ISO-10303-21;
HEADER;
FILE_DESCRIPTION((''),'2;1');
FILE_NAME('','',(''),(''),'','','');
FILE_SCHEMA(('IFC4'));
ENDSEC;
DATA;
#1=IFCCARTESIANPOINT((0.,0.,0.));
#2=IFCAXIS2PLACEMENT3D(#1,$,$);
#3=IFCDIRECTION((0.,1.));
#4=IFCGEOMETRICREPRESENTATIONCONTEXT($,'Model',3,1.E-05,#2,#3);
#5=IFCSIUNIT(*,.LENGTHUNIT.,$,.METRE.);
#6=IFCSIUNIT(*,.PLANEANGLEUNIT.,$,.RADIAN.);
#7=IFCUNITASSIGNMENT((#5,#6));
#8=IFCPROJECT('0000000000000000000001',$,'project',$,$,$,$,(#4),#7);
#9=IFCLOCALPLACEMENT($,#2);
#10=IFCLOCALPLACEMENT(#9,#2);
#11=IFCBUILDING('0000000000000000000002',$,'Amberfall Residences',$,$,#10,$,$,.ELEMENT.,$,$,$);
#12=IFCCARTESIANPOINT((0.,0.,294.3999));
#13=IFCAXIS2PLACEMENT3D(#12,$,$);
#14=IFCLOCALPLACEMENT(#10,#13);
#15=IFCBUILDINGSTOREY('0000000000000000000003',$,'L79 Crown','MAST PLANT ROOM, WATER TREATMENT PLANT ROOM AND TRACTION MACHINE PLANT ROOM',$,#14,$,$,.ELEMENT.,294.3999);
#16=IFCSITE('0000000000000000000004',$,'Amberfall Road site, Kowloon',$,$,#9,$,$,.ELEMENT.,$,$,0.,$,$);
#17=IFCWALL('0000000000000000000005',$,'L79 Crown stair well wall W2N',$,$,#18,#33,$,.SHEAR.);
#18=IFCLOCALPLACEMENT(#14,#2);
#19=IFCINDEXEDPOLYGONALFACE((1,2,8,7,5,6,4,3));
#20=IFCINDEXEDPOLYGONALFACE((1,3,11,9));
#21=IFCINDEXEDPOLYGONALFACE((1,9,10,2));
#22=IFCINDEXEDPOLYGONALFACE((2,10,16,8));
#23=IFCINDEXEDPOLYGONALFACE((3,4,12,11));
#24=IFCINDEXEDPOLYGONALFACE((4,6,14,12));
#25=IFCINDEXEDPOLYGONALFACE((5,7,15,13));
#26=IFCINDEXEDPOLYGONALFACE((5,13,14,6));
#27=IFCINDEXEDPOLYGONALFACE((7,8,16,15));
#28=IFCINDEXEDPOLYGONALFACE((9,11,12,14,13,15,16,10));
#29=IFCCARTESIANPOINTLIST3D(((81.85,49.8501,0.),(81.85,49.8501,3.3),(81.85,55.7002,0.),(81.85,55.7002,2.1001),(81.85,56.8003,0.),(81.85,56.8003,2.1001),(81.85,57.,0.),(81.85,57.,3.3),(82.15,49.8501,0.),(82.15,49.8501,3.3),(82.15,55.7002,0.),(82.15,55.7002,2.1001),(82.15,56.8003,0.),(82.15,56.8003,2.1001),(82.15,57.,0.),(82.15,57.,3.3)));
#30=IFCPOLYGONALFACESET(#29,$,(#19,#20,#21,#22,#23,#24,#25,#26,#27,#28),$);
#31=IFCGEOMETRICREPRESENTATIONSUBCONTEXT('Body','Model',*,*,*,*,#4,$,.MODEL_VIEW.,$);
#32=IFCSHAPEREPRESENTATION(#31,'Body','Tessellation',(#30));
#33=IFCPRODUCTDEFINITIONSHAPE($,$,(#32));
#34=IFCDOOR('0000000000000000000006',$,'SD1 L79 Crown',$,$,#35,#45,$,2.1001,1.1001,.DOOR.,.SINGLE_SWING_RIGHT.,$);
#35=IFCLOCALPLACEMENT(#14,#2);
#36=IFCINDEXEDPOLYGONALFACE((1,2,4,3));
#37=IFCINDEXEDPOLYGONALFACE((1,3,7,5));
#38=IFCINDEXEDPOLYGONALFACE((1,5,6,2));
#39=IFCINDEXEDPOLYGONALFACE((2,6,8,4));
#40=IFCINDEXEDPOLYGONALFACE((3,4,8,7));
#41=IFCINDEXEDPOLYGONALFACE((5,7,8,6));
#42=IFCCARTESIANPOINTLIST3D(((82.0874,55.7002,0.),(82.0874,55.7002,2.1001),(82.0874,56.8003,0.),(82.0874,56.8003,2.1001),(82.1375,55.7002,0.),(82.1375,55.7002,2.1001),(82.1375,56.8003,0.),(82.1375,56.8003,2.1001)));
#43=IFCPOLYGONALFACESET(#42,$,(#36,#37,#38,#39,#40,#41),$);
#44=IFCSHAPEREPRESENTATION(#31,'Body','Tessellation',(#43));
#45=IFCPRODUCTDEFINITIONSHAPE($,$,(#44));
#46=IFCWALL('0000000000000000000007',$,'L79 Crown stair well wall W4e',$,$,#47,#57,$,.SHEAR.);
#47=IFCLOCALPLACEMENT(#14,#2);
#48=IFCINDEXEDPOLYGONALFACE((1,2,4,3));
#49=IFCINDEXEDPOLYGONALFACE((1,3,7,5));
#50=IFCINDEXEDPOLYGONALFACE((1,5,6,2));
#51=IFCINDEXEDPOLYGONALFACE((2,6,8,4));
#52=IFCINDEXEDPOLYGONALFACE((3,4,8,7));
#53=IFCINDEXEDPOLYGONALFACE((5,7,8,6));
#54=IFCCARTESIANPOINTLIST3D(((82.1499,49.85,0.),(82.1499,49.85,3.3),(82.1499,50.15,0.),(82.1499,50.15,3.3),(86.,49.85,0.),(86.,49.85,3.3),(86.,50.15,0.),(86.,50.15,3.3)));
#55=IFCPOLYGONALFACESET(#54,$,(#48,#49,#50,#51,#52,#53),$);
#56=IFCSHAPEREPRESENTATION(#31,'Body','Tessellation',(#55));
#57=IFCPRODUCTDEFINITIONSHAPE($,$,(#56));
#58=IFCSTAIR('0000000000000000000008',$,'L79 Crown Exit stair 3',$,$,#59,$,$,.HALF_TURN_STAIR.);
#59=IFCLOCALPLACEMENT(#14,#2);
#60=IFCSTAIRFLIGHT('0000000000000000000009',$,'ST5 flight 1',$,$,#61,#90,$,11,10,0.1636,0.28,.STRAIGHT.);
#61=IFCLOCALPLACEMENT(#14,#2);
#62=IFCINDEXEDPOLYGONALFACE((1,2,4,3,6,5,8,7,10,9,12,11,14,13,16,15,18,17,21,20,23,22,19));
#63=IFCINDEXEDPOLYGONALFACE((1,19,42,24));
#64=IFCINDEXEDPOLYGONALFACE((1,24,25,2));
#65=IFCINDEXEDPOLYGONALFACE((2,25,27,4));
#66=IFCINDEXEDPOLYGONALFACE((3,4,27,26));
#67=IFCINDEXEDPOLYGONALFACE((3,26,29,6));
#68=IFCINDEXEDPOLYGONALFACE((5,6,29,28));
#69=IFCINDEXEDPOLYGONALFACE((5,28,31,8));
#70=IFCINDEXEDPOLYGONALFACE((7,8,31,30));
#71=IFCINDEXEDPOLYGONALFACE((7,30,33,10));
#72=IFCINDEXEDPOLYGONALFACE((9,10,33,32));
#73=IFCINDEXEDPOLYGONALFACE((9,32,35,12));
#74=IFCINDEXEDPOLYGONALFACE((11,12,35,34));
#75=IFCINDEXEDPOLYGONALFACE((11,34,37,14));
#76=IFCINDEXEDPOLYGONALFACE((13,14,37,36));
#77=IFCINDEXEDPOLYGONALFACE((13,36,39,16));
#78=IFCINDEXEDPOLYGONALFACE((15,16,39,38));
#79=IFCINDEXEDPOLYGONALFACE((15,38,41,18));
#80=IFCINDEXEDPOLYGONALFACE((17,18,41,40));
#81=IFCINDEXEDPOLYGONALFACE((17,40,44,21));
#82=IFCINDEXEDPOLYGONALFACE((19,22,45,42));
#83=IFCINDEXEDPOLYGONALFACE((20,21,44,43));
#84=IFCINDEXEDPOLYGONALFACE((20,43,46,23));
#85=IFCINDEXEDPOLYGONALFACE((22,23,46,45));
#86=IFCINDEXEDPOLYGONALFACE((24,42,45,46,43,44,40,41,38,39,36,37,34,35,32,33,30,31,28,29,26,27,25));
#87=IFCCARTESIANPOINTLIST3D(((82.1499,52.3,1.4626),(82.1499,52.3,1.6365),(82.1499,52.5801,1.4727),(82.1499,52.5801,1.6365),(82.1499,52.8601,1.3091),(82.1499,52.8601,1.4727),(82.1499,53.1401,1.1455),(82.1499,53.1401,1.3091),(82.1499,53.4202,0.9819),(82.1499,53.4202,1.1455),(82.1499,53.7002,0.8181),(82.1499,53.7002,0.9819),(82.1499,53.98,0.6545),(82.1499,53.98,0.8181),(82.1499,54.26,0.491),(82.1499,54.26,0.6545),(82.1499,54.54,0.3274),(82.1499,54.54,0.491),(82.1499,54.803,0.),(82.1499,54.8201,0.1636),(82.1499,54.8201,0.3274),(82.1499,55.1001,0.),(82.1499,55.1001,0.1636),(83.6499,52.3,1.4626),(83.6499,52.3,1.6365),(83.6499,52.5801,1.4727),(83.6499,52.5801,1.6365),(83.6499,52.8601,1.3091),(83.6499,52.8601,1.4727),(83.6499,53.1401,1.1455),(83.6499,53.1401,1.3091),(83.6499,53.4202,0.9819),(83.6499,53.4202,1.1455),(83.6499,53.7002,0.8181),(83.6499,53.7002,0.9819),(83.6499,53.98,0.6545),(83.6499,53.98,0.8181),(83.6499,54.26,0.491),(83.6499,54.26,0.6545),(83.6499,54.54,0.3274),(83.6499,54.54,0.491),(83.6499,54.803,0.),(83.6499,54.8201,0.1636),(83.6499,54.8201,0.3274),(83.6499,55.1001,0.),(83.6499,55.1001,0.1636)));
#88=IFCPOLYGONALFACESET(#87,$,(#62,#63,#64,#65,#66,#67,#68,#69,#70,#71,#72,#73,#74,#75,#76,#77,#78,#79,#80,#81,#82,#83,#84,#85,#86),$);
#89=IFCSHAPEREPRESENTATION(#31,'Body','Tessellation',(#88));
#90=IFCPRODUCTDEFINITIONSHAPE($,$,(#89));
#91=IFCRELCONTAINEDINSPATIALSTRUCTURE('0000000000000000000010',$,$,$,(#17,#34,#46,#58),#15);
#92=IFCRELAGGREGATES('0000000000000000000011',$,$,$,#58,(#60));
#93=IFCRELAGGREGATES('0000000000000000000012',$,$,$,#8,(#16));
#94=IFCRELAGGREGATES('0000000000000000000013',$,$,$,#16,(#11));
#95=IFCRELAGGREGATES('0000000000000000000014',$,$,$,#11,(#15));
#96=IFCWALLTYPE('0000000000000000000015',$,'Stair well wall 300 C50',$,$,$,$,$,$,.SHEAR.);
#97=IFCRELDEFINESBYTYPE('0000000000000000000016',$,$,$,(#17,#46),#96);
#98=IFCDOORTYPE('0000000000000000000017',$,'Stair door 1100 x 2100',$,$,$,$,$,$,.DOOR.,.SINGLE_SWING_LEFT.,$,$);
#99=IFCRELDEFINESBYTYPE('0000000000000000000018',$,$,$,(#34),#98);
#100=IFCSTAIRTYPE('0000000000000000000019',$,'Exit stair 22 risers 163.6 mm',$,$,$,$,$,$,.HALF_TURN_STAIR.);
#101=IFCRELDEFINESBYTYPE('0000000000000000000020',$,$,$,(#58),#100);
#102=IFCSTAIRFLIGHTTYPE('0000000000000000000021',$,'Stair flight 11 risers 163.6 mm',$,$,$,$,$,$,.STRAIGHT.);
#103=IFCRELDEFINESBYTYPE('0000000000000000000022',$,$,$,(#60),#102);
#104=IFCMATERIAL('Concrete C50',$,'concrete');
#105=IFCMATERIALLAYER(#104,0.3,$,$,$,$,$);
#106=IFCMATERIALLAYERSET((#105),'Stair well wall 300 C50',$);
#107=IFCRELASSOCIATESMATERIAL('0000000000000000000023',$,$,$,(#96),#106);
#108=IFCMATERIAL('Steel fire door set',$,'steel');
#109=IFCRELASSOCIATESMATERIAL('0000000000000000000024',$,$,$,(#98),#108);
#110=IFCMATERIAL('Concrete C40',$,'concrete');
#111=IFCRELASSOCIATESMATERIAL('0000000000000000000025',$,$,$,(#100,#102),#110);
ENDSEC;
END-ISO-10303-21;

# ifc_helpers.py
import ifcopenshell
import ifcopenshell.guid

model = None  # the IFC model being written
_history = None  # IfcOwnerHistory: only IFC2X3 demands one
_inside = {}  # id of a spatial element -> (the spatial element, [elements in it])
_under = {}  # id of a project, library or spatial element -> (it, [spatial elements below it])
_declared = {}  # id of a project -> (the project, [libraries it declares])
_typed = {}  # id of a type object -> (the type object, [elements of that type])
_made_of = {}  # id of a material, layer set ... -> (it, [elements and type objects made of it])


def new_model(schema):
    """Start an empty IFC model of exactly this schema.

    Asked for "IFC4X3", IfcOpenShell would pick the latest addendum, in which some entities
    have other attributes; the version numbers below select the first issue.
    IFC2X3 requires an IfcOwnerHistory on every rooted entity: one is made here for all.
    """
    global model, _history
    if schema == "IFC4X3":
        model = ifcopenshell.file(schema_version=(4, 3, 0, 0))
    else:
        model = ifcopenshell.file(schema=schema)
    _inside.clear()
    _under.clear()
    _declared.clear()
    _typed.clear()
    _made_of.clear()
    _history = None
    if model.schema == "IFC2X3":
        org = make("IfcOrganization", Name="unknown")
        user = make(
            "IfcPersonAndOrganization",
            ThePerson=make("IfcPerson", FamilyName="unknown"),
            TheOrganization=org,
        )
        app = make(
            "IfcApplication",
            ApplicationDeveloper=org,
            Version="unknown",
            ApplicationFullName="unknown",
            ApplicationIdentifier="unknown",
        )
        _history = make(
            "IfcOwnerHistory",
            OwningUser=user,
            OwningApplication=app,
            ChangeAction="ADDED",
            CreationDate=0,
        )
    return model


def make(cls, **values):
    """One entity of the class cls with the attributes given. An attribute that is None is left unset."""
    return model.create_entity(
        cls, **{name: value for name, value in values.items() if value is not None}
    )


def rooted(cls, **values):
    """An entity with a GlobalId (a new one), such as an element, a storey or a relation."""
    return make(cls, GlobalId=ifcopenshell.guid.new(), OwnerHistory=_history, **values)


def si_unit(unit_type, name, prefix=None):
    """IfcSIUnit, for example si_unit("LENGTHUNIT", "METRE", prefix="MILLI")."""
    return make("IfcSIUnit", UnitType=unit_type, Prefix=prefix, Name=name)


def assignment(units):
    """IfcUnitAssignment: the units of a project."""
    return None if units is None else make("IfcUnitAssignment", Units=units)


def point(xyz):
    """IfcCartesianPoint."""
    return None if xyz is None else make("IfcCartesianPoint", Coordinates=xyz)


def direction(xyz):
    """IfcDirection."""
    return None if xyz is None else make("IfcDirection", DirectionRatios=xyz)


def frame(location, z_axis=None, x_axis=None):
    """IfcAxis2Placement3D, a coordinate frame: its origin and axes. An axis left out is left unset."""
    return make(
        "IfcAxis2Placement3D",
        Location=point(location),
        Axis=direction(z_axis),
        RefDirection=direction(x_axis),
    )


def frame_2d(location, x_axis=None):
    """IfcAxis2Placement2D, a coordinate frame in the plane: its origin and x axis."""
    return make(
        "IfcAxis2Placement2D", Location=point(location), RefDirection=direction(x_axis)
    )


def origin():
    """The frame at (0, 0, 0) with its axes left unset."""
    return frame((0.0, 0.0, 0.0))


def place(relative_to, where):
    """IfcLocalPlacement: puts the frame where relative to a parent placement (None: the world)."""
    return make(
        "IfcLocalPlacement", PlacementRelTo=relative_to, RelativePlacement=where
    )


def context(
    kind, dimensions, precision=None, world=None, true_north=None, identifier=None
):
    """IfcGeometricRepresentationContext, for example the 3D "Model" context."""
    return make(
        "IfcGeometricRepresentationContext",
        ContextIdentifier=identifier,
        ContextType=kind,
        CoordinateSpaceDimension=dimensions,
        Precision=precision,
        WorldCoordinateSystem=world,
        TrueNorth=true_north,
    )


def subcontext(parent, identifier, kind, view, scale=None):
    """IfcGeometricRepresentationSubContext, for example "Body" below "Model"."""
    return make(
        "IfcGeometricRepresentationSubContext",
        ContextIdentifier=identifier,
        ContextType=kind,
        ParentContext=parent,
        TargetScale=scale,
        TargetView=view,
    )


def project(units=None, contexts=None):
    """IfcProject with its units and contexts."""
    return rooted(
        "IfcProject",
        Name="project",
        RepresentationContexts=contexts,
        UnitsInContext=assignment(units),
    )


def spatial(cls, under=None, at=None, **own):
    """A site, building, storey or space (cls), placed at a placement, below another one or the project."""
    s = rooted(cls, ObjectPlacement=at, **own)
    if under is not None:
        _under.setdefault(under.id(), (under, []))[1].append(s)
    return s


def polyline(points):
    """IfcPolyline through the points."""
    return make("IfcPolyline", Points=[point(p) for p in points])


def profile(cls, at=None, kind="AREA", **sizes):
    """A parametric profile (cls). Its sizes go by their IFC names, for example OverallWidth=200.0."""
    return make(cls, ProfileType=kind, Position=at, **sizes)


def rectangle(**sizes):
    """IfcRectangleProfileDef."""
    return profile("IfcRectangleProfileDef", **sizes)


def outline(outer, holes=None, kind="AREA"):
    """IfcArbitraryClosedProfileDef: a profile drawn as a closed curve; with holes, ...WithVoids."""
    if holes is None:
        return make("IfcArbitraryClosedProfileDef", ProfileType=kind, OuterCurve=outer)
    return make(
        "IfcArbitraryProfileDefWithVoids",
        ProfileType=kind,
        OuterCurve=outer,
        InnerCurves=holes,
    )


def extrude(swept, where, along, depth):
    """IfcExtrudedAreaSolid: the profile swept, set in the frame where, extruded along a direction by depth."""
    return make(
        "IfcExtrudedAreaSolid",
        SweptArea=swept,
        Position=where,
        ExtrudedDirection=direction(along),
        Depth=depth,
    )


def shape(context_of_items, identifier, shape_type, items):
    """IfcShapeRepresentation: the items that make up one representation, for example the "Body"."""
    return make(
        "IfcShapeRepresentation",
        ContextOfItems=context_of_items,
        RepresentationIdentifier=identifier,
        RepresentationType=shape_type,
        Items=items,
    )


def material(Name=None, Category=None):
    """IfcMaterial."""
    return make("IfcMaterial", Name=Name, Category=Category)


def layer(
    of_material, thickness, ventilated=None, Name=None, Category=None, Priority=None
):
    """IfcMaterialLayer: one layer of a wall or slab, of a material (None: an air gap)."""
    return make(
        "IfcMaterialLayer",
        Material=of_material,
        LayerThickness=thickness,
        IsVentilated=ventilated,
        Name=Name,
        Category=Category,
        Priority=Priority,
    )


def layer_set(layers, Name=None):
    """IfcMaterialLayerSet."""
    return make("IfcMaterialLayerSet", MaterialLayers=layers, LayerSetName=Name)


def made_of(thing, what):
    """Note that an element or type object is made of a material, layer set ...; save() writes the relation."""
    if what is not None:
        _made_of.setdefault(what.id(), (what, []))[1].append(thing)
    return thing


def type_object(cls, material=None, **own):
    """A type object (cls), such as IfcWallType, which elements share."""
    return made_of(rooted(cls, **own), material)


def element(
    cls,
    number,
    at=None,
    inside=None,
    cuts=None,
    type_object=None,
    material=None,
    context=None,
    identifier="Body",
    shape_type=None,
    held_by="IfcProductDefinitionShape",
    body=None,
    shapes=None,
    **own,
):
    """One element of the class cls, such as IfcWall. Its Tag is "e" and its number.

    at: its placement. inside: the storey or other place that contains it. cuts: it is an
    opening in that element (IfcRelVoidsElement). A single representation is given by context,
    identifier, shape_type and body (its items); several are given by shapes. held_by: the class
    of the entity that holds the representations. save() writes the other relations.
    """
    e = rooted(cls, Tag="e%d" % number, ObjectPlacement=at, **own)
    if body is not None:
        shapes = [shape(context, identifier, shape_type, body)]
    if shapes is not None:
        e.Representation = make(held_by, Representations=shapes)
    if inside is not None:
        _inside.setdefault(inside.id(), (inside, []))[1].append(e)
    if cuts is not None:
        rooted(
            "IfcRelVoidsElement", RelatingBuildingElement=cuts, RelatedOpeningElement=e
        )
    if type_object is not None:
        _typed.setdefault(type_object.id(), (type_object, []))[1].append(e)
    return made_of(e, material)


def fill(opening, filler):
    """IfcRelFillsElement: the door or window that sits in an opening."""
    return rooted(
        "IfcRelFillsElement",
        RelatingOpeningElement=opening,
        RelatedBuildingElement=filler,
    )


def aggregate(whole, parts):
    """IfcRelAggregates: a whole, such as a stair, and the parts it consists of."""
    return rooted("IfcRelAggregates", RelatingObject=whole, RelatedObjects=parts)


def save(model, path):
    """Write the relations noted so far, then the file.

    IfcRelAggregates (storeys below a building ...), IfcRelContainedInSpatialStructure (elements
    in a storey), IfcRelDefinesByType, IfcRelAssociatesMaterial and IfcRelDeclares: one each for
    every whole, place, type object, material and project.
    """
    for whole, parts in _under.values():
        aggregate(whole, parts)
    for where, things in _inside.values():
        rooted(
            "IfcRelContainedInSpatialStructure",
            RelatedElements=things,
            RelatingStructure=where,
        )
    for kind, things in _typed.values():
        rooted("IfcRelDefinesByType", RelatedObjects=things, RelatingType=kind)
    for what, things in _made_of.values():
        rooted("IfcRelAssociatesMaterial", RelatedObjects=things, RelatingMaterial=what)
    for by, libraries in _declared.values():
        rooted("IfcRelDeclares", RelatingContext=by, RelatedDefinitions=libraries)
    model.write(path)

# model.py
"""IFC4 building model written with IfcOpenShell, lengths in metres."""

from ifc_helpers import new_model, si_unit, direction, frame, frame_2d, origin, place, context, subcontext, project, spatial, polyline, rectangle, outline, extrude, material, layer, layer_set, type_object, element, fill, aggregate, save


model = new_model("IFC4")

# Units and contexts
model_context = context("Model", 3, precision=1e-05, world=origin(), true_north=direction((0.0, 1.0)))
body_context = subcontext(model_context, "Body", "Model", "MODEL_VIEW")
ifc_project = project(units=[si_unit("LENGTHUNIT", "METRE"), si_unit("PLANEANGLEUNIT", "RADIAN")], contexts=[model_context])

# Site, building, storey
site_placement = place(None, origin())
site = spatial("IfcSite", under=ifc_project, at=site_placement, Name="Amberfall Road site, Kowloon", CompositionType="ELEMENT", RefElevation=0.0)
building_placement = place(site_placement, origin())
building = spatial("IfcBuilding", under=site, at=building_placement, Name="Amberfall Residences", CompositionType="ELEMENT")
storey_placement = place(building_placement, frame((0.0, 0.0, 294.3999)))
storey = spatial("IfcBuildingStorey", under=building, at=storey_placement, Name="L79 Crown", Description="MAST PLANT ROOM, WATER TREATMENT PLANT ROOM AND TRACTION MACHINE PLANT ROOM", CompositionType="ELEMENT", Elevation=294.3999)

# Shared definitions
ifc_material_1 = material(Name="Concrete C50", Category="concrete")

# Wall, opening, door
ifc_layer_1 = layer(ifc_material_1, 0.3)
ifc_layer_set_1 = layer_set([ifc_layer_1], Name="Stair well wall 300 C50")
wall_type_1 = type_object("IfcWallType", Name="Stair well wall 300 C50", PredefinedType="SHEAR", material=ifc_layer_set_1)
wall_1_placement = place(storey_placement, frame((82.0, 49.8501, 0.0), z_axis=(0.0, 0.0, 1.0), x_axis=(0.0, 1.0, 0.0)))
wall_1 = element("IfcWall", 1, at=wall_1_placement, inside=storey, type_object=wall_type_1, Name="L79 Crown stair well wall W2N", PredefinedType="SHEAR", context=body_context, shape_type="SweptSolid", body=[
    extrude(rectangle(XDim=7.1499, YDim=0.3, at=frame_2d((3.575, 0.0))), origin(), (0.0, 0.0, 1.0), 3.3),
])
opening_1_placement = place(wall_1_placement, frame((5.8501, 0.0, 0.0)))
opening_1 = element("IfcOpeningElement", 2, at=opening_1_placement, cuts=wall_1, PredefinedType="OPENING", context=body_context, shape_type="SweptSolid", body=[
    extrude(rectangle(XDim=1.1001, YDim=2.1001, at=frame_2d((0.55, 1.05))), frame((0.0, 0.1599, 0.0), z_axis=(0.0, -1.0, 0.0), x_axis=(1.0, 0.0, 0.0)), (0.0, 0.0, 1.0), 0.3201),
])
ifc_material_2 = material(Name="Steel fire door set", Category="steel")
door_type_1 = type_object("IfcDoorType", Name="Stair door 1100 x 2100", OperationType="SINGLE_SWING_LEFT", PredefinedType="DOOR", material=ifc_material_2)
door_1_placement = place(opening_1_placement, origin())
door_1 = element("IfcDoor", 3, at=door_1_placement, inside=storey, type_object=door_type_1, Name="SD1 L79 Crown", OperationType="SINGLE_SWING_RIGHT", OverallHeight=2.1001, OverallWidth=1.1001, PredefinedType="DOOR", context=body_context, shape_type="SweptSolid", body=[
    extrude(rectangle(XDim=1.1001, YDim=2.1001, at=frame_2d((0.55, 1.05))), frame((0.0, -0.0874, 0.0), z_axis=(0.0, -1.0, 0.0), x_axis=(1.0, 0.0, 0.0)), (0.0, 0.0, 1.0), 0.05),
])
fill(opening_1, door_1)

# Wall
wall_2_placement = place(storey_placement, frame((82.1499, 50.0, 0.0), z_axis=(0.0, 0.0, 1.0), x_axis=(1.0, 0.0, 0.0)))
element("IfcWall", 4, at=wall_2_placement, inside=storey, type_object=wall_type_1, Name="L79 Crown stair well wall W4e", PredefinedType="SHEAR", context=body_context, shape_type="SweptSolid", body=[
    extrude(rectangle(XDim=3.8501, YDim=0.3, at=frame_2d((1.925, 0.0))), origin(), (0.0, 0.0, 1.0), 3.3),
])

# Stair, stair flight
ifc_material_3 = material(Name="Concrete C40", Category="concrete")
stair_type = type_object("IfcStairType", Name="Exit stair 22 risers 163.6 mm", PredefinedType="HALF_TURN_STAIR", material=ifc_material_3)
stair_placement = place(storey_placement, origin())
stair = element("IfcStair", 5, at=stair_placement, inside=storey, type_object=stair_type, Name="L79 Crown Exit stair 3", PredefinedType="HALF_TURN_STAIR")
stair_flight_type = type_object("IfcStairFlightType", Name="Stair flight 11 risers 163.6 mm", PredefinedType="STRAIGHT", material=ifc_material_3)
stair_flight_placement = place(storey_placement, frame((82.8999, 55.1001, 0.0), z_axis=(0.0, 0.0, 1.0), x_axis=(0.0, -1.0, 0.0)))
stair_flight = element("IfcStairFlight", 6, at=stair_flight_placement, type_object=stair_flight_type, Name="ST5 flight 1", NumberOfRisers=11, NumberOfTreads=10, PredefinedType="STRAIGHT", RiserHeight=0.1636, TreadLength=0.28, context=body_context, shape_type="SweptSolid", body=[
    extrude(outline(polyline([(0.0, 0.0), (0.0, 0.1636), (0.28, 0.1636), (0.28, 0.3274), (0.5601, 0.3274), (0.5601, 0.491), (0.8401, 0.491), (0.8401, 0.6545), (1.1201, 0.6545), (1.1201, 0.8181), (1.3999, 0.8181), (1.3999, 0.9819), (1.6799, 0.9819), (1.6799, 1.1455), (1.96, 1.1455), (1.96, 1.3091), (2.24, 1.3091), (2.24, 1.4727), (2.52, 1.4727), (2.52, 1.6365), (2.8, 1.6365), (2.8, 1.8), (2.8, 1.4626), (0.2971, 0.0), (0.0, 0.0)])), frame((0.0, 0.75, 0.0), z_axis=(0.0, -1.0, 0.0), x_axis=(1.0, 0.0, 0.0)), (0.0, 0.0, 1.0), 1.5),
])
aggregate(stair, [stair_flight])

save(model, "model.ifc")
